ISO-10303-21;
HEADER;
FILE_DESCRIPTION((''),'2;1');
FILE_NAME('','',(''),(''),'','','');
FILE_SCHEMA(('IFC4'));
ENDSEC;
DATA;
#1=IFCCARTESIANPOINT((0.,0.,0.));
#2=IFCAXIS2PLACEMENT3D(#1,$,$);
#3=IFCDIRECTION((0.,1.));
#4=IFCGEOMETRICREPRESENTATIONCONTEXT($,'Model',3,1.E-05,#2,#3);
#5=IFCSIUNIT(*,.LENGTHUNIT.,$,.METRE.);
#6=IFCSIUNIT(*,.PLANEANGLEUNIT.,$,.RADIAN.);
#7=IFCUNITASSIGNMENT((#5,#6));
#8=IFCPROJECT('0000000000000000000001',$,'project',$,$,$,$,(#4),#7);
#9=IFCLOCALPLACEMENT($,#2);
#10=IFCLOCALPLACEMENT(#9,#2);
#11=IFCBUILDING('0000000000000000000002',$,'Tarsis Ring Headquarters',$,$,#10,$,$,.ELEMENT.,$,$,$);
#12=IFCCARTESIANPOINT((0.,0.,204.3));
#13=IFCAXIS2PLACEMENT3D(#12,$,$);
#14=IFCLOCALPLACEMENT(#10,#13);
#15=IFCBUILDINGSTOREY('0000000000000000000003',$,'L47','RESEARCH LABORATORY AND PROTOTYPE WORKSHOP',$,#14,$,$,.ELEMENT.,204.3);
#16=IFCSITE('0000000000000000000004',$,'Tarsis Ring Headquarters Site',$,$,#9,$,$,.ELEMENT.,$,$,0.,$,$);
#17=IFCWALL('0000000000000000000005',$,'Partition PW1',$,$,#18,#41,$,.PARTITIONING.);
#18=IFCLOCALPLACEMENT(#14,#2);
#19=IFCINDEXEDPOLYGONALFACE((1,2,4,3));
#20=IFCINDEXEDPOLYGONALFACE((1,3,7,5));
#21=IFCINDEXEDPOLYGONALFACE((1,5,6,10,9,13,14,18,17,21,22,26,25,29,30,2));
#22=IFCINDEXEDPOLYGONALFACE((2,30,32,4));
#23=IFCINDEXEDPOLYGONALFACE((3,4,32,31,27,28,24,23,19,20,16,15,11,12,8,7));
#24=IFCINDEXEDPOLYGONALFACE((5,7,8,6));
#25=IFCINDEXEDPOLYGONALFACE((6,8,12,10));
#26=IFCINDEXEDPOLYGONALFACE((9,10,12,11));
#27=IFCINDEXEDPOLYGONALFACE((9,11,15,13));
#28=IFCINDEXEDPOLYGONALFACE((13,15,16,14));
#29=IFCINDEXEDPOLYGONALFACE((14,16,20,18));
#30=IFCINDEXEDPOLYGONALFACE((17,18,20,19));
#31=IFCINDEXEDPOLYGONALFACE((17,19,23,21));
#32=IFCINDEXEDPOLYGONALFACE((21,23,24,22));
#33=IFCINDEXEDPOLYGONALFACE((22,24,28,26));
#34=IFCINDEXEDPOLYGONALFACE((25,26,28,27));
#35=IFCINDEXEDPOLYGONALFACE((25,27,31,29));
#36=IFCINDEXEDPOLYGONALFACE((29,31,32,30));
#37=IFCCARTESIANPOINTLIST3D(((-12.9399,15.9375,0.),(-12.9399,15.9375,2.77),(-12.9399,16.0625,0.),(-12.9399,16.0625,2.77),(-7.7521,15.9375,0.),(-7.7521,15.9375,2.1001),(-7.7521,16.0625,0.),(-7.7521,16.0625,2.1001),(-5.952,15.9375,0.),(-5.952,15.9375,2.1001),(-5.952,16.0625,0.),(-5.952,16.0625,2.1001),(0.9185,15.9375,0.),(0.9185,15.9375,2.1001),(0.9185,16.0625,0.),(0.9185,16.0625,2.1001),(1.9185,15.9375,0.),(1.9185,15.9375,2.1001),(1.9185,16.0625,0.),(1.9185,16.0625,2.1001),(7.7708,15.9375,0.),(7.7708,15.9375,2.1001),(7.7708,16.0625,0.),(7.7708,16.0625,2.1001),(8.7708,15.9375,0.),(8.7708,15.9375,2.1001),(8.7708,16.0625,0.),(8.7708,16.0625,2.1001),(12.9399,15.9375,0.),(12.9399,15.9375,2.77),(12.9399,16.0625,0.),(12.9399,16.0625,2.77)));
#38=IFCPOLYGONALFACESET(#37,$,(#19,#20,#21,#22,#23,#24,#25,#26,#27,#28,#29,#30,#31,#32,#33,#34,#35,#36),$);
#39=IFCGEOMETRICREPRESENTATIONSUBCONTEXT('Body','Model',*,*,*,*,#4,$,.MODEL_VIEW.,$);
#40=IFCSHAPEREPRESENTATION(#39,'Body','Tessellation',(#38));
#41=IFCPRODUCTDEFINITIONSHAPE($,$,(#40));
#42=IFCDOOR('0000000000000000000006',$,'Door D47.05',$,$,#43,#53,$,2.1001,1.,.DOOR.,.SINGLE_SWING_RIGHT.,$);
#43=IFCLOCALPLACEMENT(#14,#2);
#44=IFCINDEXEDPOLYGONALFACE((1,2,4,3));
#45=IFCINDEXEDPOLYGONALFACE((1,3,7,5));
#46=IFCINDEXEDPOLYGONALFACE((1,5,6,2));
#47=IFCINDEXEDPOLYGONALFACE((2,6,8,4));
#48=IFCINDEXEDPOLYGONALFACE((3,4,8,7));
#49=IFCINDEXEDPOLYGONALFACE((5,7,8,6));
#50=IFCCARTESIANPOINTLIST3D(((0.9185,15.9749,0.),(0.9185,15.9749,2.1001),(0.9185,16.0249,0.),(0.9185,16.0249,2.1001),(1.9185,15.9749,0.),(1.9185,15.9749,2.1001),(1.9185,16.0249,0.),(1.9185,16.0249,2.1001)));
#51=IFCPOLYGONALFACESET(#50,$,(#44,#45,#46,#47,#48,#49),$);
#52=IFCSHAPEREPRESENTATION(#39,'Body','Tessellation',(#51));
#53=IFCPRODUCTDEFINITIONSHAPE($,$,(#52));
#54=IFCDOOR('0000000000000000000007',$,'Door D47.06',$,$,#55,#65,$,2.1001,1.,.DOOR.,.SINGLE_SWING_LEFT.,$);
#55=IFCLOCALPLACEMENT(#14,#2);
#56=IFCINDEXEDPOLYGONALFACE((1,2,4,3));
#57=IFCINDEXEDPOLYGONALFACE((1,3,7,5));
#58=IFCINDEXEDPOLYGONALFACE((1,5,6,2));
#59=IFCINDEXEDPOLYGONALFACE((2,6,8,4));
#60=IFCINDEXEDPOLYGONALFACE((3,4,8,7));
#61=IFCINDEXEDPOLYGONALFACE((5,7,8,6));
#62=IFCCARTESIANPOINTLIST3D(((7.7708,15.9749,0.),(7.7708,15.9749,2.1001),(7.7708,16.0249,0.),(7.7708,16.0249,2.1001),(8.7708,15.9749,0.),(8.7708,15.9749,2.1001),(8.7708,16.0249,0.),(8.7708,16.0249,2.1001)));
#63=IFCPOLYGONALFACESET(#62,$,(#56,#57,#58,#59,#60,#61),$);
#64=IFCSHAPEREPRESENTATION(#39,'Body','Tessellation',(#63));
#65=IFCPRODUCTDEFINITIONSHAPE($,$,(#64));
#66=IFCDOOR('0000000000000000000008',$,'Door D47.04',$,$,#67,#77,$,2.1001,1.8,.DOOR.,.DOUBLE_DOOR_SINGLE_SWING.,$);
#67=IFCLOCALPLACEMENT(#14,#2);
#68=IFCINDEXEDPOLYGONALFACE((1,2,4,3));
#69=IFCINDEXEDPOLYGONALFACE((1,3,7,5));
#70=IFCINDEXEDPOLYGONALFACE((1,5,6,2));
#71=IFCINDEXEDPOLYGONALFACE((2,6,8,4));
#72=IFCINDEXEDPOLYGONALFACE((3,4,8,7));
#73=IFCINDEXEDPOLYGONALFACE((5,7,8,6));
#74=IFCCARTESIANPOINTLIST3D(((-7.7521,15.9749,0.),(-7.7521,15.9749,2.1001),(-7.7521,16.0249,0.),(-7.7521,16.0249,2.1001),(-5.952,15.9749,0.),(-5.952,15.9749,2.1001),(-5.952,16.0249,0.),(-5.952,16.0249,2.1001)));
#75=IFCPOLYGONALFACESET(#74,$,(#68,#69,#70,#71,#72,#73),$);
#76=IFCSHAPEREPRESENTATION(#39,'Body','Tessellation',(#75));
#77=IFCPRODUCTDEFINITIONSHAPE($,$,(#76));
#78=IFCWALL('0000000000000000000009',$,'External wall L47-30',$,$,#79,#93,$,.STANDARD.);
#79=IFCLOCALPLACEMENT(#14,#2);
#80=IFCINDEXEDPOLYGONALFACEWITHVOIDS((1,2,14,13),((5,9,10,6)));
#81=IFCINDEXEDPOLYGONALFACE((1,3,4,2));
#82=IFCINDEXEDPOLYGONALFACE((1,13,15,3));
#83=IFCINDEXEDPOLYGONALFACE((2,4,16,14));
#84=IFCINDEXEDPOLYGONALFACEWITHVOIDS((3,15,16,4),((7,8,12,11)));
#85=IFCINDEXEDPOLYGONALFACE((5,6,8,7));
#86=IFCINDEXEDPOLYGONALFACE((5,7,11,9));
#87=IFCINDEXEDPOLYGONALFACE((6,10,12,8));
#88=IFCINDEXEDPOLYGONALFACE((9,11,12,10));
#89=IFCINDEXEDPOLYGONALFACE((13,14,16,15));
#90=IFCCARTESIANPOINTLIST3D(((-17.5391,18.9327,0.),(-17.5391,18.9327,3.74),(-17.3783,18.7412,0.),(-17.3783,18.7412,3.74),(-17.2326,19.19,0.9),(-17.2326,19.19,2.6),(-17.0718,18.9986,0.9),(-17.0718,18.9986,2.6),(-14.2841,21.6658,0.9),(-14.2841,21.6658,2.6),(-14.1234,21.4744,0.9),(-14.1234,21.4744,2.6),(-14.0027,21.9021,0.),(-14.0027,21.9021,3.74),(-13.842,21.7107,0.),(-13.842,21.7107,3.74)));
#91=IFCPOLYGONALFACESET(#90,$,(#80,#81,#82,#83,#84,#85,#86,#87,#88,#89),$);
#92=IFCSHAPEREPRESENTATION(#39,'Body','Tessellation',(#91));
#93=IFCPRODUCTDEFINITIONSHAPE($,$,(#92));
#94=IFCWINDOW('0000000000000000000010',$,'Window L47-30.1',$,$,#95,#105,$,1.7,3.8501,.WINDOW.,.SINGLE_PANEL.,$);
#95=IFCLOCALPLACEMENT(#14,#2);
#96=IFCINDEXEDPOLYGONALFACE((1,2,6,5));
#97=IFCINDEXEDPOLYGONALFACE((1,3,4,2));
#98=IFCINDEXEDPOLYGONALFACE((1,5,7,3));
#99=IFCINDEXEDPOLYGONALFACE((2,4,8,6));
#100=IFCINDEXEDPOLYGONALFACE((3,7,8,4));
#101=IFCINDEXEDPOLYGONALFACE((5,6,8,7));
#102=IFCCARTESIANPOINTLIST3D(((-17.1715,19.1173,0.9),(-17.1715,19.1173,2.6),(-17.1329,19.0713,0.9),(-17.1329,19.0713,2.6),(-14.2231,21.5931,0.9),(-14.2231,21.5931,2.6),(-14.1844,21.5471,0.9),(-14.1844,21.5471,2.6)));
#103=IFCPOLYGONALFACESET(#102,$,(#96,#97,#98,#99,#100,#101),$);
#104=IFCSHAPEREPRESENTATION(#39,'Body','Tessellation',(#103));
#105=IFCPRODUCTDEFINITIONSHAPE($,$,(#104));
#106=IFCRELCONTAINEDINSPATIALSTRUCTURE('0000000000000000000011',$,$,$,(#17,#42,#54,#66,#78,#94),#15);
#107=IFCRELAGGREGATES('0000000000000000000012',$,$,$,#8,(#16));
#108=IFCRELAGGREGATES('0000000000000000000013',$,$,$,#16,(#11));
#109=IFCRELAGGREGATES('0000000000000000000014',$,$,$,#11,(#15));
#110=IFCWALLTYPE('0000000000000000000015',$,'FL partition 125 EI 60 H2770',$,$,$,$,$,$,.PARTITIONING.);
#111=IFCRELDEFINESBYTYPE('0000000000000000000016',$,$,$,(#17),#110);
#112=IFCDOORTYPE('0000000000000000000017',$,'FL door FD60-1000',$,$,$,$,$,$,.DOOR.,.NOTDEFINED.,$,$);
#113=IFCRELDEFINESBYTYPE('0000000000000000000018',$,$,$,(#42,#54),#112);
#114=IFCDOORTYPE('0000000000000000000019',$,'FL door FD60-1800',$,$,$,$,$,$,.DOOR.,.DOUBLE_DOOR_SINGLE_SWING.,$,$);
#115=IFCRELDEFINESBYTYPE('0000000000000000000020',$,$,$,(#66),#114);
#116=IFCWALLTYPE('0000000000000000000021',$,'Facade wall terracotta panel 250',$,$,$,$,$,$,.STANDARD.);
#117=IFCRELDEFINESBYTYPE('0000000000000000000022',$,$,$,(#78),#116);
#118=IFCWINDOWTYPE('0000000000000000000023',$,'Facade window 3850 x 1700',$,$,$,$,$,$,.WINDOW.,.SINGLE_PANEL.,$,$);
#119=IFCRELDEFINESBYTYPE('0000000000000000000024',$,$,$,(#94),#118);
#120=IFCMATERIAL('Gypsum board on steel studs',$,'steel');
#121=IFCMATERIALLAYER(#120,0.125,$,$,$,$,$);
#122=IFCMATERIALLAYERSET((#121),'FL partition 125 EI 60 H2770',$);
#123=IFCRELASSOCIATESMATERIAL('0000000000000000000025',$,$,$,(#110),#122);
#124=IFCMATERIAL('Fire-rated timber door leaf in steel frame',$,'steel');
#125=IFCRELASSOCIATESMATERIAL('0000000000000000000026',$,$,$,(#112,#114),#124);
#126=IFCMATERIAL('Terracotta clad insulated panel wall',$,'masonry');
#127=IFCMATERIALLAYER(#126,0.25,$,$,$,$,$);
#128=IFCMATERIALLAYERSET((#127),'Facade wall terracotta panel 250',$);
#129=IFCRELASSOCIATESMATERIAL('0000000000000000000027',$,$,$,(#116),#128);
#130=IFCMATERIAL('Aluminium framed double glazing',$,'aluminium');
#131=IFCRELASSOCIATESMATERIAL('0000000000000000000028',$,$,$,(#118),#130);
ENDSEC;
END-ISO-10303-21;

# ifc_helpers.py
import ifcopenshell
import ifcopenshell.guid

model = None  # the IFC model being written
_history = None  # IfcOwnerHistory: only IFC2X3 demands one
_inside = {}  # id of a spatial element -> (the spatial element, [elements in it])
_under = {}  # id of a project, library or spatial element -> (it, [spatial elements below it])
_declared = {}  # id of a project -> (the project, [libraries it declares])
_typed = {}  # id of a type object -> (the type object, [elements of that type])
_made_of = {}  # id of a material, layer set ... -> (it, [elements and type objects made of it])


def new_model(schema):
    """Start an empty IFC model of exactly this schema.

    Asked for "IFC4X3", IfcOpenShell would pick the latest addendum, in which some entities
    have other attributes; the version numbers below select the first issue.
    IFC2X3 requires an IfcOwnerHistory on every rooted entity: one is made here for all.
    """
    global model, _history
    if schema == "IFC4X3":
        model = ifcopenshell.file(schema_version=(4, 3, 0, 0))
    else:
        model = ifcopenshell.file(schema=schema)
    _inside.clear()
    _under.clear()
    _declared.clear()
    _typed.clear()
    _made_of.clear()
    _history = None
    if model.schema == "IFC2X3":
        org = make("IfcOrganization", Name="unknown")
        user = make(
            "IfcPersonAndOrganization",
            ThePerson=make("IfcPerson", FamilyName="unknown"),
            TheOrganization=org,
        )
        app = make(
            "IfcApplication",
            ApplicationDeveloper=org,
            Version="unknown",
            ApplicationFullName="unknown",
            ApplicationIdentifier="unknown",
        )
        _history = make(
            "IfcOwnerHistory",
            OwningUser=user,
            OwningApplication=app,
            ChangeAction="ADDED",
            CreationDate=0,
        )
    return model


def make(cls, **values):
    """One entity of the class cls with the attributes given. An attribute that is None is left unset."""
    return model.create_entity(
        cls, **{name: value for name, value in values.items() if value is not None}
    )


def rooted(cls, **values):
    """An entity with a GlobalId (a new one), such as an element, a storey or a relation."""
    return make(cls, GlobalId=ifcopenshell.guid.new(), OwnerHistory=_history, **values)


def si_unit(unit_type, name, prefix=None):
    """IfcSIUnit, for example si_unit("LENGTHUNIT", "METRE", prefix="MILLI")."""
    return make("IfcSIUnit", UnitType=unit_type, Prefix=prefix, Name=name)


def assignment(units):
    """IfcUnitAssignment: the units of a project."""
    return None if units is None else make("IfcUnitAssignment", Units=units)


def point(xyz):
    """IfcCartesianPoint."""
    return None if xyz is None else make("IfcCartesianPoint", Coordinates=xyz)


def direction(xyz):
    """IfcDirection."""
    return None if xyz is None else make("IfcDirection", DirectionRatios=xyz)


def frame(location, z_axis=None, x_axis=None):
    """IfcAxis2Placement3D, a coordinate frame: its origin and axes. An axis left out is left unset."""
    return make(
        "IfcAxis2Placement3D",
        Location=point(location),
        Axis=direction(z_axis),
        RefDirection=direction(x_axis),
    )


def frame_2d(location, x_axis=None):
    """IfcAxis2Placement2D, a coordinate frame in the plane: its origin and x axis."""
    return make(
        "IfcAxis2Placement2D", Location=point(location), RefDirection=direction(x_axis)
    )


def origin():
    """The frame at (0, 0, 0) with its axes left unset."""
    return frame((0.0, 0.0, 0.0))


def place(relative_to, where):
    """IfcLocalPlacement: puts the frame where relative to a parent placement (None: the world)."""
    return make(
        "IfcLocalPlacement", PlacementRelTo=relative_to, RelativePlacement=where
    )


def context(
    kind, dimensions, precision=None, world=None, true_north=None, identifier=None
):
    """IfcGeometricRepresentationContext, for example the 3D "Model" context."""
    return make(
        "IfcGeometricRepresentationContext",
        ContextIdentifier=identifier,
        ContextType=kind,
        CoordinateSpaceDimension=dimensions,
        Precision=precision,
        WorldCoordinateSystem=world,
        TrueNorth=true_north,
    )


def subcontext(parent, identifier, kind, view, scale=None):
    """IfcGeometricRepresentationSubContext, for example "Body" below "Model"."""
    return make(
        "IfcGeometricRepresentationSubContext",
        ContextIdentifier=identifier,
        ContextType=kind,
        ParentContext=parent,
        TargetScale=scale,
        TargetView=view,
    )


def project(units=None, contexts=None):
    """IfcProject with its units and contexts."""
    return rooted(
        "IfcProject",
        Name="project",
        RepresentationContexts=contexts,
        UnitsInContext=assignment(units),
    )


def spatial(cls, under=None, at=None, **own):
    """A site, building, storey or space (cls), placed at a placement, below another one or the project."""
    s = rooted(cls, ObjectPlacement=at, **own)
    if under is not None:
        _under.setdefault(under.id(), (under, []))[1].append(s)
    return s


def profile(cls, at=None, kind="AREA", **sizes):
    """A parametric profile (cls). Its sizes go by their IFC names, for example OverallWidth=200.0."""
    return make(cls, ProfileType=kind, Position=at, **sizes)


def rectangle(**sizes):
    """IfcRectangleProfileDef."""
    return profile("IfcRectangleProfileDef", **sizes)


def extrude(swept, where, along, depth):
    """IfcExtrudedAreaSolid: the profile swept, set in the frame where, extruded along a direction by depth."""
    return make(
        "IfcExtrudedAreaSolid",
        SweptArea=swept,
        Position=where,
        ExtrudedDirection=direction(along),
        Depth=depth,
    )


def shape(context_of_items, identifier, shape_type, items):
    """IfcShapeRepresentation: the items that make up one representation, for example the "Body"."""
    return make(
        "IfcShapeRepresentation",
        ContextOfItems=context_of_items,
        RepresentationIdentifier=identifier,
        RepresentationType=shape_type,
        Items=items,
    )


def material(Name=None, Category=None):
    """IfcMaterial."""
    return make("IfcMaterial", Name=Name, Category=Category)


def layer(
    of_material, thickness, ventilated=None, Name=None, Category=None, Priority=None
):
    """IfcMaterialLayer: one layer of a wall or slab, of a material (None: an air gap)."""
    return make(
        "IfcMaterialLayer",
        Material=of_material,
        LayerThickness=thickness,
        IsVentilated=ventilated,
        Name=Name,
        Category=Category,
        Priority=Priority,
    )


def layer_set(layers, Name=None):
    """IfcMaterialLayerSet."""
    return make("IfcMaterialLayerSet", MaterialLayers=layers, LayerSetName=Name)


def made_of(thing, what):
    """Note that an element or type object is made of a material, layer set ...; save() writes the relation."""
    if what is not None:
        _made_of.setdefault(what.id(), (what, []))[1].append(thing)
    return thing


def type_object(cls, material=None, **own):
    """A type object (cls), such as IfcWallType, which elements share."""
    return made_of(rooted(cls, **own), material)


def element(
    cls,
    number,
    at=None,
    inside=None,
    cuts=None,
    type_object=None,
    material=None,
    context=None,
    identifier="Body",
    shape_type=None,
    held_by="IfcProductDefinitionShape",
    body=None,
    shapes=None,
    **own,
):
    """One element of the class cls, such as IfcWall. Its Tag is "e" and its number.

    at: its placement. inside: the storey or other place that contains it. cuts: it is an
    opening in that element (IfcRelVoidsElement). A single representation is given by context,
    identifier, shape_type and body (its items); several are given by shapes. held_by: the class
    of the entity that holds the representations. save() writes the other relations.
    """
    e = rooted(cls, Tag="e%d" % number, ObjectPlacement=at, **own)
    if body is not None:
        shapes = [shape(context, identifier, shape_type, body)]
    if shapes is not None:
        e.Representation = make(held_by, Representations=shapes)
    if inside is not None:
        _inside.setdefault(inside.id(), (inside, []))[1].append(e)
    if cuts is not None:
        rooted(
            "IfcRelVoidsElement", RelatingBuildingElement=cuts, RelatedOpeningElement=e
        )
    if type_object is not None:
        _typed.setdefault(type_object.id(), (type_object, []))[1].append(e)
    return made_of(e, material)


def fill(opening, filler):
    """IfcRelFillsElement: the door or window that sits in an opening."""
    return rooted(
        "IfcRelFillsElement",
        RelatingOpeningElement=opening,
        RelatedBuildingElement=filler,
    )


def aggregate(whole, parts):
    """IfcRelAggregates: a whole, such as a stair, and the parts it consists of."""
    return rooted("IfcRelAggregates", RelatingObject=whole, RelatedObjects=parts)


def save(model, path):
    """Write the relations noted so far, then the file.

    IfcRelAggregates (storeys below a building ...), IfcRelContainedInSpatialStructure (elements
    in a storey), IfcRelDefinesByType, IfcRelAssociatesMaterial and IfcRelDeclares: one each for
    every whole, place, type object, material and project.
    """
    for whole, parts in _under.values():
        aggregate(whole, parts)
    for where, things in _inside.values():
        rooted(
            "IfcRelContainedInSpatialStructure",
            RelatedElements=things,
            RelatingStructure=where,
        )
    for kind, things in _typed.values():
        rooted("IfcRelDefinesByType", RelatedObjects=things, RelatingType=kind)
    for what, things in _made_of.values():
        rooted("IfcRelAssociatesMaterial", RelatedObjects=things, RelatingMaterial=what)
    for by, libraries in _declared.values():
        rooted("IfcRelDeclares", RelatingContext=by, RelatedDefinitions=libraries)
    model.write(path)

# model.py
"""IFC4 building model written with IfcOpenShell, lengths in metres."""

from ifc_helpers import new_model, si_unit, direction, frame, frame_2d, origin, place, context, subcontext, project, spatial, rectangle, extrude, material, layer, layer_set, type_object, element, fill, save


model = new_model("IFC4")

# Units and contexts
model_context = context("Model", 3, precision=1e-05, world=origin(), true_north=direction((0.0, 1.0)))
body_context = subcontext(model_context, "Body", "Model", "MODEL_VIEW")
ifc_project = project(units=[si_unit("LENGTHUNIT", "METRE"), si_unit("PLANEANGLEUNIT", "RADIAN")], contexts=[model_context])

# Site, building, storey
site_placement = place(None, origin())
site = spatial("IfcSite", under=ifc_project, at=site_placement, Name="Tarsis Ring Headquarters Site", CompositionType="ELEMENT", RefElevation=0.0)
building_placement = place(site_placement, origin())
building = spatial("IfcBuilding", under=site, at=building_placement, Name="Tarsis Ring Headquarters", CompositionType="ELEMENT")
storey_placement = place(building_placement, frame((0.0, 0.0, 204.3)))
storey = spatial("IfcBuildingStorey", under=building, at=storey_placement, Name="L47", Description="RESEARCH LABORATORY AND PROTOTYPE WORKSHOP", CompositionType="ELEMENT", Elevation=204.3)

# Shared definitions
ifc_material_1 = material(Name="Gypsum board on steel studs", Category="steel")

# Wall, openings, doors
ifc_layer_1 = layer(ifc_material_1, 0.125)
ifc_layer_set_1 = layer_set([ifc_layer_1], Name="FL partition 125 EI 60 H2770")
wall_type_1 = type_object("IfcWallType", Name="FL partition 125 EI 60 H2770", PredefinedType="PARTITIONING", material=ifc_layer_set_1)
wall_1_placement = place(storey_placement, frame((-12.9399, 16.0, 0.0), z_axis=(0.0, 0.0, 1.0), x_axis=(1.0, 0.0, 0.0)))
wall_1 = element("IfcWall", 1, at=wall_1_placement, inside=storey, type_object=wall_type_1, Name="Partition PW1", PredefinedType="PARTITIONING", context=body_context, shape_type="SweptSolid", body=[
    extrude(rectangle(XDim=25.8799, YDim=0.125, at=frame_2d((12.9399, 0.0))), origin(), (0.0, 0.0, 1.0), 2.77),
])
opening_1_placement = place(wall_1_placement, frame((5.188, 0.0, 0.0)))
opening_1 = element("IfcOpeningElement", 2, at=opening_1_placement, cuts=wall_1, PredefinedType="OPENING", context=body_context, shape_type="SweptSolid", body=[
    extrude(rectangle(XDim=1.8, YDim=2.1001, at=frame_2d((0.8999, 1.05))), frame((0.0, 0.0725, 0.0), z_axis=(0.0, -1.0, 0.0), x_axis=(1.0, 0.0, 0.0)), (0.0, 0.0, 1.0), 0.145),
])
opening_2_placement = place(wall_1_placement, frame((13.8584, 0.0, 0.0)))
opening_2 = element("IfcOpeningElement", 3, at=opening_2_placement, cuts=wall_1, PredefinedType="OPENING", context=body_context, shape_type="SweptSolid", body=[
    extrude(rectangle(XDim=1.0, YDim=2.1001, at=frame_2d((0.5, 1.05))), frame((0.0, 0.0725, 0.0), z_axis=(0.0, -1.0, 0.0), x_axis=(1.0, 0.0, 0.0)), (0.0, 0.0, 1.0), 0.145),
])
opening_3_placement = place(wall_1_placement, frame((20.7107, 0.0, 0.0)))
opening_3 = element("IfcOpeningElement", 4, at=opening_3_placement, cuts=wall_1, PredefinedType="OPENING", context=body_context, shape_type="SweptSolid", body=[
    extrude(rectangle(XDim=1.0, YDim=2.1001, at=frame_2d((0.5, 1.05))), frame((0.0, 0.0725, 0.0), z_axis=(0.0, -1.0, 0.0), x_axis=(1.0, 0.0, 0.0)), (0.0, 0.0, 1.0), 0.145),
])
ifc_material_2 = material(Name="Fire-rated timber door leaf in steel frame", Category="steel")
door_type_1 = type_object("IfcDoorType", Name="FL door FD60-1000", OperationType="NOTDEFINED", PredefinedType="DOOR", material=ifc_material_2)
door_1_placement = place(opening_2_placement, origin())
door_1 = element("IfcDoor", 5, at=door_1_placement, inside=storey, type_object=door_type_1, Name="Door D47.05", OperationType="SINGLE_SWING_RIGHT", OverallHeight=2.1001, OverallWidth=1.0, PredefinedType="DOOR", context=body_context, shape_type="SweptSolid", body=[
    extrude(rectangle(XDim=1.0, YDim=2.1001, at=frame_2d((0.5, 1.05))), frame((0.0, 0.0249, 0.0), z_axis=(0.0, -1.0, 0.0), x_axis=(1.0, 0.0, 0.0)), (0.0, 0.0, 1.0), 0.05),
])
fill(opening_2, door_1)
door_2_placement = place(opening_3_placement, origin())
door_2 = element("IfcDoor", 6, at=door_2_placement, inside=storey, type_object=door_type_1, Name="Door D47.06", OperationType="SINGLE_SWING_LEFT", OverallHeight=2.1001, OverallWidth=1.0, PredefinedType="DOOR", context=body_context, shape_type="SweptSolid", body=[
    extrude(rectangle(XDim=1.0, YDim=2.1001, at=frame_2d((0.5, 1.05))), frame((0.0, 0.0249, 0.0), z_axis=(0.0, -1.0, 0.0), x_axis=(1.0, 0.0, 0.0)), (0.0, 0.0, 1.0), 0.05),
])
fill(opening_3, door_2)
door_type_2 = type_object("IfcDoorType", Name="FL door FD60-1800", OperationType="DOUBLE_DOOR_SINGLE_SWING", PredefinedType="DOOR", material=ifc_material_2)
door_3_placement = place(opening_1_placement, origin())
door_3 = element("IfcDoor", 7, at=door_3_placement, inside=storey, type_object=door_type_2, Name="Door D47.04", OperationType="DOUBLE_DOOR_SINGLE_SWING", OverallHeight=2.1001, OverallWidth=1.8, PredefinedType="DOOR", context=body_context, shape_type="SweptSolid", body=[
    extrude(rectangle(XDim=1.8, YDim=2.1001, at=frame_2d((0.8999, 1.05))), frame((0.0, 0.0249, 0.0), z_axis=(0.0, -1.0, 0.0), x_axis=(1.0, 0.0, 0.0)), (0.0, 0.0, 1.0), 0.05),
])
fill(opening_1, door_3)

# Wall, opening, window
ifc_material_3 = material(Name="Terracotta clad insulated panel wall", Category="masonry")
ifc_layer_2 = layer(ifc_material_3, 0.25)
ifc_layer_set_2 = layer_set([ifc_layer_2], Name="Facade wall terracotta panel 250")
wall_type_2 = type_object("IfcWallType", Name="Facade wall terracotta panel 250", PredefinedType="STANDARD", material=ifc_layer_set_2)
wall_2_placement = place(storey_placement, frame((-13.9224, 21.8064, 0.0), z_axis=(0.0, 0.0, 1.0), x_axis=(-0.765819, -0.643056, 0.0)))
wall_2 = element("IfcWall", 8, at=wall_2_placement, inside=storey, type_object=wall_type_2, Name="External wall L47-30", PredefinedType="STANDARD", context=body_context, shape_type="SweptSolid", body=[
    extrude(rectangle(XDim=4.6177, YDim=0.25, at=frame_2d((2.3088, 0.0))), origin(), (0.0, 0.0, 1.0), 3.74),
])
opening_4_placement = place(wall_2_placement, frame((0.3674, 0.0, 0.8999)))
opening_4 = element("IfcOpeningElement", 9, at=opening_4_placement, cuts=wall_2, PredefinedType="OPENING", context=body_context, shape_type="SweptSolid", body=[
    extrude(rectangle(XDim=3.8501, YDim=1.7, at=frame_2d((1.925, 0.8501))), frame((0.0, 0.135, 0.0), z_axis=(0.0, -1.0, 0.0), x_axis=(1.0, 0.0, 0.0)), (0.0, 0.0, 1.0), 0.27),
])
ifc_material_4 = material(Name="Aluminium framed double glazing", Category="aluminium")
window_type = type_object("IfcWindowType", Name="Facade window 3850 x 1700", PartitioningType="SINGLE_PANEL", PredefinedType="WINDOW", material=ifc_material_4)
window_placement = place(opening_4_placement, origin())
window = element("IfcWindow", 10, at=window_placement, inside=storey, type_object=window_type, Name="Window L47-30.1", OverallHeight=1.7, OverallWidth=3.8501, PartitioningType="SINGLE_PANEL", PredefinedType="WINDOW", context=body_context, shape_type="SweptSolid", body=[
    extrude(rectangle(XDim=3.8501, YDim=1.7, at=frame_2d((1.925, 0.8501))), frame((0.0, 0.03, 0.0), z_axis=(0.0, -1.0, 0.0), x_axis=(1.0, 0.0, 0.0)), (0.0, 0.0, 1.0), 0.0601),
])
fill(opening_4, window)

save(model, "model.ifc")
